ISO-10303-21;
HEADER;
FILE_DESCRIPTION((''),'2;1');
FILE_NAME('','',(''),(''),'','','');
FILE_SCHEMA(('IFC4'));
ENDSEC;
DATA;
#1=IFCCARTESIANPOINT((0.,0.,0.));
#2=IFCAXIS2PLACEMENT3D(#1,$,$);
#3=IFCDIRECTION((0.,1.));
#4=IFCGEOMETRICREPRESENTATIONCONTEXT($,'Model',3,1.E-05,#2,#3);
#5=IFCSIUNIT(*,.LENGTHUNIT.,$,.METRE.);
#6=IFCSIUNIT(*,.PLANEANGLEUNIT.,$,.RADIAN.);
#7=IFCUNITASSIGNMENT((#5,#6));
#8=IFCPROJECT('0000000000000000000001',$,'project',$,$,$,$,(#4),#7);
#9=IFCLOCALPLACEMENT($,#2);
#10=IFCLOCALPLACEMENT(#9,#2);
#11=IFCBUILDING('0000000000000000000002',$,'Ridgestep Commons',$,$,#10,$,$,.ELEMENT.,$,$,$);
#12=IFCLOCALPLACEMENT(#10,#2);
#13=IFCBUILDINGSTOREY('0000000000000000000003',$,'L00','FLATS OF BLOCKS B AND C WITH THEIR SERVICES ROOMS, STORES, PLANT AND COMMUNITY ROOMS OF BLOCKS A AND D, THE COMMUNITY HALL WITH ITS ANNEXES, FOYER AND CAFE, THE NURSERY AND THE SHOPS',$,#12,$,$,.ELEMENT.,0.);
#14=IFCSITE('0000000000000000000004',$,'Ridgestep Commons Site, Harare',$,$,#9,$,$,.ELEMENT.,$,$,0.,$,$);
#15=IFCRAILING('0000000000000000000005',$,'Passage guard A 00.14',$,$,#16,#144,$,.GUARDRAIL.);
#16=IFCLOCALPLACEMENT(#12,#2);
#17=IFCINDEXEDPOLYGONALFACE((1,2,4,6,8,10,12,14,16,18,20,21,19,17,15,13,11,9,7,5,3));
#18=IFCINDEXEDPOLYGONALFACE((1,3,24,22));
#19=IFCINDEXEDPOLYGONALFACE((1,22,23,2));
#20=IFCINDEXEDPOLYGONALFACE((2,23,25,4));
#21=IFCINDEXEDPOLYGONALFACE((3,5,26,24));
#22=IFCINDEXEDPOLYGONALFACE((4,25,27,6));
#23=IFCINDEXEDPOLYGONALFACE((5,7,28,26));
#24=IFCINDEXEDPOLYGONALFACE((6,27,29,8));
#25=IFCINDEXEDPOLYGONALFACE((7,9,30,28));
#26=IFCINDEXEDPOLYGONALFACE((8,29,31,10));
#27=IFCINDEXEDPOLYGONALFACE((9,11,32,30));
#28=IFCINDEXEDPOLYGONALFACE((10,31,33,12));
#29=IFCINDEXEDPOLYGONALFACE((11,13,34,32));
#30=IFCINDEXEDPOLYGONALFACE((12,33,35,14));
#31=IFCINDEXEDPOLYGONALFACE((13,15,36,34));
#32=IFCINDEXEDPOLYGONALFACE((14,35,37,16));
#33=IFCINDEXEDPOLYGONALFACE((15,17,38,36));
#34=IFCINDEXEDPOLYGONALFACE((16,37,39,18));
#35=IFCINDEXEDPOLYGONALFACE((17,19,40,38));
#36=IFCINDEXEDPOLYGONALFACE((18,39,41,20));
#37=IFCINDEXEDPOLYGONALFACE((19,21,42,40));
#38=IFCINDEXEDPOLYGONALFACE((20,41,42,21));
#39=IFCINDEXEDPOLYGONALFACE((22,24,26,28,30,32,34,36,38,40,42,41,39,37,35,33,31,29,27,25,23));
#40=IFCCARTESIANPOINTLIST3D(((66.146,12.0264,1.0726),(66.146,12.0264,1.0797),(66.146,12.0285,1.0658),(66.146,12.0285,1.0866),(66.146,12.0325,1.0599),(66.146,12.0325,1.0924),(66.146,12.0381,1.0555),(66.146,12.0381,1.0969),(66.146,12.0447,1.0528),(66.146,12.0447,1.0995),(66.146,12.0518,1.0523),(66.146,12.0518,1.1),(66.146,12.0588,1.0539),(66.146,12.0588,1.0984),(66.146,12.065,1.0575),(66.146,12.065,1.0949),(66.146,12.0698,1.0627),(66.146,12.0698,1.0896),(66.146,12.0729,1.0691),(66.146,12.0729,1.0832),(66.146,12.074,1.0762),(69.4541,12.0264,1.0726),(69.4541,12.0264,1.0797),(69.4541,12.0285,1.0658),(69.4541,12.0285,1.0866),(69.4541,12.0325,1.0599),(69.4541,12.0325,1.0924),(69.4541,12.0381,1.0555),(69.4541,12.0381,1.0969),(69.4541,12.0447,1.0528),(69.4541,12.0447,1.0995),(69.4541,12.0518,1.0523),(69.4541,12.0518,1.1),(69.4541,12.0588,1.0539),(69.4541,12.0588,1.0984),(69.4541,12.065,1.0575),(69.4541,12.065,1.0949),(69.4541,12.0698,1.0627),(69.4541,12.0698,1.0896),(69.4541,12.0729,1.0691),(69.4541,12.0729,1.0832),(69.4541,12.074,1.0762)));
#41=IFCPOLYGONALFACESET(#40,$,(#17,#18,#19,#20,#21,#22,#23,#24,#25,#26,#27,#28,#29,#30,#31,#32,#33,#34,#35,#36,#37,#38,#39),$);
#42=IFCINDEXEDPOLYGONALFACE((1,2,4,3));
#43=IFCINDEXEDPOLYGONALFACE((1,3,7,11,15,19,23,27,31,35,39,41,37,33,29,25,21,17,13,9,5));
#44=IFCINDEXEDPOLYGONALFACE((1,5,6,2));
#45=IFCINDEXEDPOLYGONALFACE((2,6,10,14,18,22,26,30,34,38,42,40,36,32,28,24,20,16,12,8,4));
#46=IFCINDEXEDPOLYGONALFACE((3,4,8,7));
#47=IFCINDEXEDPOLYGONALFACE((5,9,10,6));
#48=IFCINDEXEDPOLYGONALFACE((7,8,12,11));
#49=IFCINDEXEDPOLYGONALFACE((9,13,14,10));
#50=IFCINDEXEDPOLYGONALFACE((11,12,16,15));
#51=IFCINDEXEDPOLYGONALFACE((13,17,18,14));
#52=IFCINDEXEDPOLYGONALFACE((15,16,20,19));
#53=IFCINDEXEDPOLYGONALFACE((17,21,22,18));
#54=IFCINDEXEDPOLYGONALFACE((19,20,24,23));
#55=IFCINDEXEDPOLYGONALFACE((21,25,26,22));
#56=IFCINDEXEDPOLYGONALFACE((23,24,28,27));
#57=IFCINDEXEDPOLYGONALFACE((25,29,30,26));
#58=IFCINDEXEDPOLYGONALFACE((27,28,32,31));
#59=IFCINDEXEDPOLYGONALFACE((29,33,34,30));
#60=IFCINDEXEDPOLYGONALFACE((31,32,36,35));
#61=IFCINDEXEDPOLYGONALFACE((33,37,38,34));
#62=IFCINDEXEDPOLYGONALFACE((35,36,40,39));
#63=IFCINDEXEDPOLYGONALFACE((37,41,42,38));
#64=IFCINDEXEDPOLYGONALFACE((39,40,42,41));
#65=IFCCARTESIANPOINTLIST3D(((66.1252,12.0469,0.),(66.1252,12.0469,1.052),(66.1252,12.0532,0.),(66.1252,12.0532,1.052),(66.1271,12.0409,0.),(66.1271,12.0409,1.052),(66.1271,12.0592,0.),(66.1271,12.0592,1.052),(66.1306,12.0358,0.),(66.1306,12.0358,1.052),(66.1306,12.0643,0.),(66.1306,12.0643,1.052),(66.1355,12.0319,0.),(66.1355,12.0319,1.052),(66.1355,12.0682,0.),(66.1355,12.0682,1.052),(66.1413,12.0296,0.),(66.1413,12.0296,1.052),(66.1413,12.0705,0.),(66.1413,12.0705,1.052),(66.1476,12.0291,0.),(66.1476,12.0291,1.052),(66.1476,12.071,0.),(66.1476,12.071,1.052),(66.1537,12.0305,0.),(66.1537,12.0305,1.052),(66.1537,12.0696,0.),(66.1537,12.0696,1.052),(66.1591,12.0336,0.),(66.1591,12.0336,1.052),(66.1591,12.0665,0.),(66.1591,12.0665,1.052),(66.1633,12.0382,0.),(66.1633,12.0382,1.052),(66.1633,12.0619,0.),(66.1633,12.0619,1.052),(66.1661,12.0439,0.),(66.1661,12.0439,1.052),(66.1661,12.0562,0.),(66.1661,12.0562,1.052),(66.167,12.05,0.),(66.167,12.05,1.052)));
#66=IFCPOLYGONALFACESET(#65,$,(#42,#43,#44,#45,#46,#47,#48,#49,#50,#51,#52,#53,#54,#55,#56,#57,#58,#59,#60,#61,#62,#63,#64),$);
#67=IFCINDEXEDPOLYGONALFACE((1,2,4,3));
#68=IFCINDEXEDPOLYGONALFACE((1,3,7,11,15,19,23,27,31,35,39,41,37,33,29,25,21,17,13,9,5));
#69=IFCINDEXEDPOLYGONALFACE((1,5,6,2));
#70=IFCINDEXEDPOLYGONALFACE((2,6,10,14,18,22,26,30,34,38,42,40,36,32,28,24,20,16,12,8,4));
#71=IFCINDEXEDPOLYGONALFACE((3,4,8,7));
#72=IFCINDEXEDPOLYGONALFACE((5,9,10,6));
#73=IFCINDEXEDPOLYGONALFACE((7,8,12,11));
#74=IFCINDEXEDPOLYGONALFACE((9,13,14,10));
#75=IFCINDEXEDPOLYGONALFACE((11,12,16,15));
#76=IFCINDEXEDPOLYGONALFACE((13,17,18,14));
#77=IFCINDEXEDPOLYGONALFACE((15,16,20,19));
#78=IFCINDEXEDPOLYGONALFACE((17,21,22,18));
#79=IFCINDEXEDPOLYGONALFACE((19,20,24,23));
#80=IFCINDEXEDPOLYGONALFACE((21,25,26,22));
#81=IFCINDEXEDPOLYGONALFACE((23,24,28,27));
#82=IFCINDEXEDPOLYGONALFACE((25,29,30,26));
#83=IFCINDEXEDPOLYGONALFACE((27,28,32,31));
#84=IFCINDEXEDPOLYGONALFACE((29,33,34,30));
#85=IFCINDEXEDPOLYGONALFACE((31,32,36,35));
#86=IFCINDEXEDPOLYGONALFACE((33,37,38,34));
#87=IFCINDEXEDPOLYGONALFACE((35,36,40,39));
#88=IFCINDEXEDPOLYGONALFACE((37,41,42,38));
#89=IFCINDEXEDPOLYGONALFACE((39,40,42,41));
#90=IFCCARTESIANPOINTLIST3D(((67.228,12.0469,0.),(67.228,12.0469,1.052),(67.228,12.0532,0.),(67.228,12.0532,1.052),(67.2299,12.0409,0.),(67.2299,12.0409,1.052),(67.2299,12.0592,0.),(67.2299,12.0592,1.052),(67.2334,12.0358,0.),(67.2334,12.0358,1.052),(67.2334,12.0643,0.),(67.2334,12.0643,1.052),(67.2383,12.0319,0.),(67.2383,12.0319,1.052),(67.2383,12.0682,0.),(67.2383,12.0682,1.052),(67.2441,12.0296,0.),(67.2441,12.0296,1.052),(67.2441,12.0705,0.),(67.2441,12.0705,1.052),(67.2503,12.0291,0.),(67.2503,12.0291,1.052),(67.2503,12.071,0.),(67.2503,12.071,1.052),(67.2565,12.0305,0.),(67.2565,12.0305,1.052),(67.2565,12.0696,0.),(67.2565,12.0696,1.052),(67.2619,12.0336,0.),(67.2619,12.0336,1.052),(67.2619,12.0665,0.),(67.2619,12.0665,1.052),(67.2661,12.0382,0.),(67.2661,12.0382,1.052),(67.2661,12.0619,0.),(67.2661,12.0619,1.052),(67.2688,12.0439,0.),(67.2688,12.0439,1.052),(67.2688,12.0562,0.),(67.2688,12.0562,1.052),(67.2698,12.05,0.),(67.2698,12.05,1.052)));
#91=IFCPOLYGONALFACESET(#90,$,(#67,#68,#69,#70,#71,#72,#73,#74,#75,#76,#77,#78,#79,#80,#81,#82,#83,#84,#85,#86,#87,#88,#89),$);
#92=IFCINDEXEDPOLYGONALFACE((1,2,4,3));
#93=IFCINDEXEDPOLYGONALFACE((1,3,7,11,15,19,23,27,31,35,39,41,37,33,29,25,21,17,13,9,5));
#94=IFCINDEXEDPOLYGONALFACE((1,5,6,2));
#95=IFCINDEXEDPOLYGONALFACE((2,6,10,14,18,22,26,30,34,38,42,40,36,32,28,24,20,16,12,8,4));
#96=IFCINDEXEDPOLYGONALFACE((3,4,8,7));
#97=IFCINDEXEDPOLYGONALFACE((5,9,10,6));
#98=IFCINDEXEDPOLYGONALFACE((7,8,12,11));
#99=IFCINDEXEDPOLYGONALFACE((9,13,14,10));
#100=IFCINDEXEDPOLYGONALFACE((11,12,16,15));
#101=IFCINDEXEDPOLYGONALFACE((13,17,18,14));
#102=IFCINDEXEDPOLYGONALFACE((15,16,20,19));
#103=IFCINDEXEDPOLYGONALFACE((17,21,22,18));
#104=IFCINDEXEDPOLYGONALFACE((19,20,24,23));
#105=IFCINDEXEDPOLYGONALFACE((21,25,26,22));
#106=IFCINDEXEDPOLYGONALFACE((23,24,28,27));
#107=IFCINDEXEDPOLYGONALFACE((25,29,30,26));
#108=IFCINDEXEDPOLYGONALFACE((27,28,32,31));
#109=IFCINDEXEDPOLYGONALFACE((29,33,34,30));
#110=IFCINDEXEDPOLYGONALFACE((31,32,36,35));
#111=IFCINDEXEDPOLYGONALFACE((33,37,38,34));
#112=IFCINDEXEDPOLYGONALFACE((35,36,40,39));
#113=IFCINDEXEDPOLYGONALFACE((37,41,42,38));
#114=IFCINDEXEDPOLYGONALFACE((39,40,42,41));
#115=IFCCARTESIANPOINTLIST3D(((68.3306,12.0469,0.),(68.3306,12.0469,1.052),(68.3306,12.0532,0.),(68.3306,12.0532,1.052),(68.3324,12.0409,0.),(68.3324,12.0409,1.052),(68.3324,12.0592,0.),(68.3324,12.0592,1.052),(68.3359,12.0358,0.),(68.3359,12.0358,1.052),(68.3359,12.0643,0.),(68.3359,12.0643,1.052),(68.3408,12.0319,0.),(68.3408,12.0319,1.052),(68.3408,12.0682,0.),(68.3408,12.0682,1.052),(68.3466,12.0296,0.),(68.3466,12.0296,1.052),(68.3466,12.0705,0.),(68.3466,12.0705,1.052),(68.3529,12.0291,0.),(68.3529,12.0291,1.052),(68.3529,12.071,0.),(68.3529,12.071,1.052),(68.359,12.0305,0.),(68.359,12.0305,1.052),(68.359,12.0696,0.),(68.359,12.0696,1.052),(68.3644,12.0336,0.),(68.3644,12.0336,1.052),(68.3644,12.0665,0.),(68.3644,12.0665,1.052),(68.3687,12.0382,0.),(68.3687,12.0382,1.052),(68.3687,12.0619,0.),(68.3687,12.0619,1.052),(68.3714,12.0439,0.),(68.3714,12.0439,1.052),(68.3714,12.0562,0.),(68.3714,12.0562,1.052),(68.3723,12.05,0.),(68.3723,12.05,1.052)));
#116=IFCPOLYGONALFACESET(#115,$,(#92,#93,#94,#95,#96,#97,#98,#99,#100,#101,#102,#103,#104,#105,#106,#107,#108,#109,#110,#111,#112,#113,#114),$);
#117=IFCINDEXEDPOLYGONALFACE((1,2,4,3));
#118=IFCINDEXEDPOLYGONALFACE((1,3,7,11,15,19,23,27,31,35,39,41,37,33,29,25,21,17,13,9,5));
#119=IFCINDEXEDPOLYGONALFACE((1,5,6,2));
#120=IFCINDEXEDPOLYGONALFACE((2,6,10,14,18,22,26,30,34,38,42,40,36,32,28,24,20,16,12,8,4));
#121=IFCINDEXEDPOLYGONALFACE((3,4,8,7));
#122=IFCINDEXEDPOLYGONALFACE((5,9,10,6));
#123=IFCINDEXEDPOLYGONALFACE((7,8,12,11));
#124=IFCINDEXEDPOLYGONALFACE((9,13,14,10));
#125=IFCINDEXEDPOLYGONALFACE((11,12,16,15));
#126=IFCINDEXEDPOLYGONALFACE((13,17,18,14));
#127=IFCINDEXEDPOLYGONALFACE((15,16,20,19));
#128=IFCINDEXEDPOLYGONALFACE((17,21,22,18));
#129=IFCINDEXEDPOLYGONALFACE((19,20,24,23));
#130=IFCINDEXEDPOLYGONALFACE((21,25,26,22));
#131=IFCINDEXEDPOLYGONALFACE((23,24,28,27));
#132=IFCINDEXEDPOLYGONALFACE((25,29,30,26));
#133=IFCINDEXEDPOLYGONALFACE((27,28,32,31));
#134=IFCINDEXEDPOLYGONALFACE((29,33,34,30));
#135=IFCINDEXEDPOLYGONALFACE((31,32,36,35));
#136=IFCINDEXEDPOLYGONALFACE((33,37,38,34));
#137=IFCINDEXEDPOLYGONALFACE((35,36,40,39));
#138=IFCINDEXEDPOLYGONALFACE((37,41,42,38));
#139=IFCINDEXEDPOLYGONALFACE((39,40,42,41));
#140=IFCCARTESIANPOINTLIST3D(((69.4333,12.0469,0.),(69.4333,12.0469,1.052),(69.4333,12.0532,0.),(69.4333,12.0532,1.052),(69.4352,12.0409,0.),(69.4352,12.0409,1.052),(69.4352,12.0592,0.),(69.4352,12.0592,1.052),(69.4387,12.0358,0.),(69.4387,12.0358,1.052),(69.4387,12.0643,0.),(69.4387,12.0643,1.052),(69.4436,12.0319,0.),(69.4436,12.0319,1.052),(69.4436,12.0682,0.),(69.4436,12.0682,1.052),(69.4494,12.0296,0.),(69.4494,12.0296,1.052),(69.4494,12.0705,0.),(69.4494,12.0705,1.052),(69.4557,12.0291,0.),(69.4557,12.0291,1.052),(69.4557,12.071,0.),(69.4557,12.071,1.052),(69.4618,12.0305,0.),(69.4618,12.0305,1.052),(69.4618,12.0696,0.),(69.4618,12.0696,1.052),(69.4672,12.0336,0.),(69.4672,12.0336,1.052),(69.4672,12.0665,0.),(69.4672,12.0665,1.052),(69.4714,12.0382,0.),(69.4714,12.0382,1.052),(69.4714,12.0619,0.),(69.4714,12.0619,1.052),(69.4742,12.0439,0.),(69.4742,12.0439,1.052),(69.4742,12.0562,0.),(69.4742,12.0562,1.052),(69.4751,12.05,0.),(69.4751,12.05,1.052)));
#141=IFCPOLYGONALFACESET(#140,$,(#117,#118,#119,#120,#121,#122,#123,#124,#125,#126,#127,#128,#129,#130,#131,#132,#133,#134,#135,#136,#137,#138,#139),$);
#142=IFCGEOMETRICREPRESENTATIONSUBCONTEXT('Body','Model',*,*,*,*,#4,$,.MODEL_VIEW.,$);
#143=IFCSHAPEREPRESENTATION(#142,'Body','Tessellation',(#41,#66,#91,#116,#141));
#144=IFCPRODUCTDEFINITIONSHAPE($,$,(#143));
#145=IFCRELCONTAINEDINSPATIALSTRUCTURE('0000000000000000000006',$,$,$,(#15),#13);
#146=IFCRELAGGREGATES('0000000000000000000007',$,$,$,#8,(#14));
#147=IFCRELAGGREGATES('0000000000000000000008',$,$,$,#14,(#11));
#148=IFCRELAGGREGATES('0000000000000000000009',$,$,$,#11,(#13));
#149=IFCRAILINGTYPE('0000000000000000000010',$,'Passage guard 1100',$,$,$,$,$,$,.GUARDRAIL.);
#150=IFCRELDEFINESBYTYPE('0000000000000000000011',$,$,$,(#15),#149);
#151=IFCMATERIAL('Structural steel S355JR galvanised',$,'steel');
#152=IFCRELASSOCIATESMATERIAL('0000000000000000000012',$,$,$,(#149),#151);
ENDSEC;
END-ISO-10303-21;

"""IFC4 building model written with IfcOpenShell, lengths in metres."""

from ifc_helpers import new_model, si_unit, direction, frame, origin, origin_2d, place, context, subcontext, project, spatial, circle, extrude, material, type_object, element, save


model = new_model("IFC4")

# Units and contexts
model_context = context("Model", 3, precision=1e-05, world=origin(), true_north=direction((0.0, 1.0)))
body_context = subcontext(model_context, "Body", "Model", "MODEL_VIEW")
ifc_project = project(units=[si_unit("LENGTHUNIT", "METRE"), si_unit("PLANEANGLEUNIT", "RADIAN")], contexts=[model_context])

# Site, building, storey
site_placement = place(None, origin())
site = spatial("IfcSite", under=ifc_project, at=site_placement, Name="Ridgestep Commons Site, Harare", CompositionType="ELEMENT", RefElevation=0.0)
building_placement = place(site_placement, origin())
building = spatial("IfcBuilding", under=site, at=building_placement, Name="Ridgestep Commons", CompositionType="ELEMENT")
storey_placement = place(building_placement, origin())
storey = spatial("IfcBuildingStorey", under=building, at=storey_placement, Name="L00", Description="FLATS OF BLOCKS B AND C WITH THEIR SERVICES ROOMS, STORES, PLANT AND COMMUNITY ROOMS OF BLOCKS A AND D, THE COMMUNITY HALL WITH ITS ANNEXES, FOYER AND CAFE, THE NURSERY AND THE SHOPS", CompositionType="ELEMENT", Elevation=0.0)

# Railing
ifc_material_1 = material(Name="Structural steel S355JR galvanised", Category="steel")
railing_type = type_object("IfcRailingType", Name="Passage guard 1100", PredefinedType="GUARDRAIL", material=ifc_material_1)
railing_1_placement = place(storey_placement, frame((66.146, 12.05, 0.0)))
element("IfcRailing", 1, at=railing_1_placement, inside=storey, type_object=railing_type, Name="Passage guard A 00.14", PredefinedType="GUARDRAIL", context=body_context, shape_type="SweptSolid", body=[
    extrude(circle(Radius=0.0239, at=origin_2d()), frame((0.0, 0.0, 1.0762), z_axis=(1.0, 0.0, 0.0), x_axis=(0.0, 1.0, 0.0)), (0.0, 0.0, 1.0), 3.3081),
    extrude(circle(Radius=0.021, at=origin_2d()), origin(), (0.0, 0.0, 1.0), 1.052),
    extrude(circle(Radius=0.021, at=origin_2d()), frame((1.1028, 0.0, 0.0)), (0.0, 0.0, 1.0), 1.052),
    extrude(circle(Radius=0.021, at=origin_2d()), frame((2.2053, 0.0, 0.0)), (0.0, 0.0, 1.0), 1.052),
    extrude(circle(Radius=0.021, at=origin_2d()), frame((3.3081, 0.0, 0.0)), (0.0, 0.0, 1.0), 1.052),
])

save(model, "model.ifc")
